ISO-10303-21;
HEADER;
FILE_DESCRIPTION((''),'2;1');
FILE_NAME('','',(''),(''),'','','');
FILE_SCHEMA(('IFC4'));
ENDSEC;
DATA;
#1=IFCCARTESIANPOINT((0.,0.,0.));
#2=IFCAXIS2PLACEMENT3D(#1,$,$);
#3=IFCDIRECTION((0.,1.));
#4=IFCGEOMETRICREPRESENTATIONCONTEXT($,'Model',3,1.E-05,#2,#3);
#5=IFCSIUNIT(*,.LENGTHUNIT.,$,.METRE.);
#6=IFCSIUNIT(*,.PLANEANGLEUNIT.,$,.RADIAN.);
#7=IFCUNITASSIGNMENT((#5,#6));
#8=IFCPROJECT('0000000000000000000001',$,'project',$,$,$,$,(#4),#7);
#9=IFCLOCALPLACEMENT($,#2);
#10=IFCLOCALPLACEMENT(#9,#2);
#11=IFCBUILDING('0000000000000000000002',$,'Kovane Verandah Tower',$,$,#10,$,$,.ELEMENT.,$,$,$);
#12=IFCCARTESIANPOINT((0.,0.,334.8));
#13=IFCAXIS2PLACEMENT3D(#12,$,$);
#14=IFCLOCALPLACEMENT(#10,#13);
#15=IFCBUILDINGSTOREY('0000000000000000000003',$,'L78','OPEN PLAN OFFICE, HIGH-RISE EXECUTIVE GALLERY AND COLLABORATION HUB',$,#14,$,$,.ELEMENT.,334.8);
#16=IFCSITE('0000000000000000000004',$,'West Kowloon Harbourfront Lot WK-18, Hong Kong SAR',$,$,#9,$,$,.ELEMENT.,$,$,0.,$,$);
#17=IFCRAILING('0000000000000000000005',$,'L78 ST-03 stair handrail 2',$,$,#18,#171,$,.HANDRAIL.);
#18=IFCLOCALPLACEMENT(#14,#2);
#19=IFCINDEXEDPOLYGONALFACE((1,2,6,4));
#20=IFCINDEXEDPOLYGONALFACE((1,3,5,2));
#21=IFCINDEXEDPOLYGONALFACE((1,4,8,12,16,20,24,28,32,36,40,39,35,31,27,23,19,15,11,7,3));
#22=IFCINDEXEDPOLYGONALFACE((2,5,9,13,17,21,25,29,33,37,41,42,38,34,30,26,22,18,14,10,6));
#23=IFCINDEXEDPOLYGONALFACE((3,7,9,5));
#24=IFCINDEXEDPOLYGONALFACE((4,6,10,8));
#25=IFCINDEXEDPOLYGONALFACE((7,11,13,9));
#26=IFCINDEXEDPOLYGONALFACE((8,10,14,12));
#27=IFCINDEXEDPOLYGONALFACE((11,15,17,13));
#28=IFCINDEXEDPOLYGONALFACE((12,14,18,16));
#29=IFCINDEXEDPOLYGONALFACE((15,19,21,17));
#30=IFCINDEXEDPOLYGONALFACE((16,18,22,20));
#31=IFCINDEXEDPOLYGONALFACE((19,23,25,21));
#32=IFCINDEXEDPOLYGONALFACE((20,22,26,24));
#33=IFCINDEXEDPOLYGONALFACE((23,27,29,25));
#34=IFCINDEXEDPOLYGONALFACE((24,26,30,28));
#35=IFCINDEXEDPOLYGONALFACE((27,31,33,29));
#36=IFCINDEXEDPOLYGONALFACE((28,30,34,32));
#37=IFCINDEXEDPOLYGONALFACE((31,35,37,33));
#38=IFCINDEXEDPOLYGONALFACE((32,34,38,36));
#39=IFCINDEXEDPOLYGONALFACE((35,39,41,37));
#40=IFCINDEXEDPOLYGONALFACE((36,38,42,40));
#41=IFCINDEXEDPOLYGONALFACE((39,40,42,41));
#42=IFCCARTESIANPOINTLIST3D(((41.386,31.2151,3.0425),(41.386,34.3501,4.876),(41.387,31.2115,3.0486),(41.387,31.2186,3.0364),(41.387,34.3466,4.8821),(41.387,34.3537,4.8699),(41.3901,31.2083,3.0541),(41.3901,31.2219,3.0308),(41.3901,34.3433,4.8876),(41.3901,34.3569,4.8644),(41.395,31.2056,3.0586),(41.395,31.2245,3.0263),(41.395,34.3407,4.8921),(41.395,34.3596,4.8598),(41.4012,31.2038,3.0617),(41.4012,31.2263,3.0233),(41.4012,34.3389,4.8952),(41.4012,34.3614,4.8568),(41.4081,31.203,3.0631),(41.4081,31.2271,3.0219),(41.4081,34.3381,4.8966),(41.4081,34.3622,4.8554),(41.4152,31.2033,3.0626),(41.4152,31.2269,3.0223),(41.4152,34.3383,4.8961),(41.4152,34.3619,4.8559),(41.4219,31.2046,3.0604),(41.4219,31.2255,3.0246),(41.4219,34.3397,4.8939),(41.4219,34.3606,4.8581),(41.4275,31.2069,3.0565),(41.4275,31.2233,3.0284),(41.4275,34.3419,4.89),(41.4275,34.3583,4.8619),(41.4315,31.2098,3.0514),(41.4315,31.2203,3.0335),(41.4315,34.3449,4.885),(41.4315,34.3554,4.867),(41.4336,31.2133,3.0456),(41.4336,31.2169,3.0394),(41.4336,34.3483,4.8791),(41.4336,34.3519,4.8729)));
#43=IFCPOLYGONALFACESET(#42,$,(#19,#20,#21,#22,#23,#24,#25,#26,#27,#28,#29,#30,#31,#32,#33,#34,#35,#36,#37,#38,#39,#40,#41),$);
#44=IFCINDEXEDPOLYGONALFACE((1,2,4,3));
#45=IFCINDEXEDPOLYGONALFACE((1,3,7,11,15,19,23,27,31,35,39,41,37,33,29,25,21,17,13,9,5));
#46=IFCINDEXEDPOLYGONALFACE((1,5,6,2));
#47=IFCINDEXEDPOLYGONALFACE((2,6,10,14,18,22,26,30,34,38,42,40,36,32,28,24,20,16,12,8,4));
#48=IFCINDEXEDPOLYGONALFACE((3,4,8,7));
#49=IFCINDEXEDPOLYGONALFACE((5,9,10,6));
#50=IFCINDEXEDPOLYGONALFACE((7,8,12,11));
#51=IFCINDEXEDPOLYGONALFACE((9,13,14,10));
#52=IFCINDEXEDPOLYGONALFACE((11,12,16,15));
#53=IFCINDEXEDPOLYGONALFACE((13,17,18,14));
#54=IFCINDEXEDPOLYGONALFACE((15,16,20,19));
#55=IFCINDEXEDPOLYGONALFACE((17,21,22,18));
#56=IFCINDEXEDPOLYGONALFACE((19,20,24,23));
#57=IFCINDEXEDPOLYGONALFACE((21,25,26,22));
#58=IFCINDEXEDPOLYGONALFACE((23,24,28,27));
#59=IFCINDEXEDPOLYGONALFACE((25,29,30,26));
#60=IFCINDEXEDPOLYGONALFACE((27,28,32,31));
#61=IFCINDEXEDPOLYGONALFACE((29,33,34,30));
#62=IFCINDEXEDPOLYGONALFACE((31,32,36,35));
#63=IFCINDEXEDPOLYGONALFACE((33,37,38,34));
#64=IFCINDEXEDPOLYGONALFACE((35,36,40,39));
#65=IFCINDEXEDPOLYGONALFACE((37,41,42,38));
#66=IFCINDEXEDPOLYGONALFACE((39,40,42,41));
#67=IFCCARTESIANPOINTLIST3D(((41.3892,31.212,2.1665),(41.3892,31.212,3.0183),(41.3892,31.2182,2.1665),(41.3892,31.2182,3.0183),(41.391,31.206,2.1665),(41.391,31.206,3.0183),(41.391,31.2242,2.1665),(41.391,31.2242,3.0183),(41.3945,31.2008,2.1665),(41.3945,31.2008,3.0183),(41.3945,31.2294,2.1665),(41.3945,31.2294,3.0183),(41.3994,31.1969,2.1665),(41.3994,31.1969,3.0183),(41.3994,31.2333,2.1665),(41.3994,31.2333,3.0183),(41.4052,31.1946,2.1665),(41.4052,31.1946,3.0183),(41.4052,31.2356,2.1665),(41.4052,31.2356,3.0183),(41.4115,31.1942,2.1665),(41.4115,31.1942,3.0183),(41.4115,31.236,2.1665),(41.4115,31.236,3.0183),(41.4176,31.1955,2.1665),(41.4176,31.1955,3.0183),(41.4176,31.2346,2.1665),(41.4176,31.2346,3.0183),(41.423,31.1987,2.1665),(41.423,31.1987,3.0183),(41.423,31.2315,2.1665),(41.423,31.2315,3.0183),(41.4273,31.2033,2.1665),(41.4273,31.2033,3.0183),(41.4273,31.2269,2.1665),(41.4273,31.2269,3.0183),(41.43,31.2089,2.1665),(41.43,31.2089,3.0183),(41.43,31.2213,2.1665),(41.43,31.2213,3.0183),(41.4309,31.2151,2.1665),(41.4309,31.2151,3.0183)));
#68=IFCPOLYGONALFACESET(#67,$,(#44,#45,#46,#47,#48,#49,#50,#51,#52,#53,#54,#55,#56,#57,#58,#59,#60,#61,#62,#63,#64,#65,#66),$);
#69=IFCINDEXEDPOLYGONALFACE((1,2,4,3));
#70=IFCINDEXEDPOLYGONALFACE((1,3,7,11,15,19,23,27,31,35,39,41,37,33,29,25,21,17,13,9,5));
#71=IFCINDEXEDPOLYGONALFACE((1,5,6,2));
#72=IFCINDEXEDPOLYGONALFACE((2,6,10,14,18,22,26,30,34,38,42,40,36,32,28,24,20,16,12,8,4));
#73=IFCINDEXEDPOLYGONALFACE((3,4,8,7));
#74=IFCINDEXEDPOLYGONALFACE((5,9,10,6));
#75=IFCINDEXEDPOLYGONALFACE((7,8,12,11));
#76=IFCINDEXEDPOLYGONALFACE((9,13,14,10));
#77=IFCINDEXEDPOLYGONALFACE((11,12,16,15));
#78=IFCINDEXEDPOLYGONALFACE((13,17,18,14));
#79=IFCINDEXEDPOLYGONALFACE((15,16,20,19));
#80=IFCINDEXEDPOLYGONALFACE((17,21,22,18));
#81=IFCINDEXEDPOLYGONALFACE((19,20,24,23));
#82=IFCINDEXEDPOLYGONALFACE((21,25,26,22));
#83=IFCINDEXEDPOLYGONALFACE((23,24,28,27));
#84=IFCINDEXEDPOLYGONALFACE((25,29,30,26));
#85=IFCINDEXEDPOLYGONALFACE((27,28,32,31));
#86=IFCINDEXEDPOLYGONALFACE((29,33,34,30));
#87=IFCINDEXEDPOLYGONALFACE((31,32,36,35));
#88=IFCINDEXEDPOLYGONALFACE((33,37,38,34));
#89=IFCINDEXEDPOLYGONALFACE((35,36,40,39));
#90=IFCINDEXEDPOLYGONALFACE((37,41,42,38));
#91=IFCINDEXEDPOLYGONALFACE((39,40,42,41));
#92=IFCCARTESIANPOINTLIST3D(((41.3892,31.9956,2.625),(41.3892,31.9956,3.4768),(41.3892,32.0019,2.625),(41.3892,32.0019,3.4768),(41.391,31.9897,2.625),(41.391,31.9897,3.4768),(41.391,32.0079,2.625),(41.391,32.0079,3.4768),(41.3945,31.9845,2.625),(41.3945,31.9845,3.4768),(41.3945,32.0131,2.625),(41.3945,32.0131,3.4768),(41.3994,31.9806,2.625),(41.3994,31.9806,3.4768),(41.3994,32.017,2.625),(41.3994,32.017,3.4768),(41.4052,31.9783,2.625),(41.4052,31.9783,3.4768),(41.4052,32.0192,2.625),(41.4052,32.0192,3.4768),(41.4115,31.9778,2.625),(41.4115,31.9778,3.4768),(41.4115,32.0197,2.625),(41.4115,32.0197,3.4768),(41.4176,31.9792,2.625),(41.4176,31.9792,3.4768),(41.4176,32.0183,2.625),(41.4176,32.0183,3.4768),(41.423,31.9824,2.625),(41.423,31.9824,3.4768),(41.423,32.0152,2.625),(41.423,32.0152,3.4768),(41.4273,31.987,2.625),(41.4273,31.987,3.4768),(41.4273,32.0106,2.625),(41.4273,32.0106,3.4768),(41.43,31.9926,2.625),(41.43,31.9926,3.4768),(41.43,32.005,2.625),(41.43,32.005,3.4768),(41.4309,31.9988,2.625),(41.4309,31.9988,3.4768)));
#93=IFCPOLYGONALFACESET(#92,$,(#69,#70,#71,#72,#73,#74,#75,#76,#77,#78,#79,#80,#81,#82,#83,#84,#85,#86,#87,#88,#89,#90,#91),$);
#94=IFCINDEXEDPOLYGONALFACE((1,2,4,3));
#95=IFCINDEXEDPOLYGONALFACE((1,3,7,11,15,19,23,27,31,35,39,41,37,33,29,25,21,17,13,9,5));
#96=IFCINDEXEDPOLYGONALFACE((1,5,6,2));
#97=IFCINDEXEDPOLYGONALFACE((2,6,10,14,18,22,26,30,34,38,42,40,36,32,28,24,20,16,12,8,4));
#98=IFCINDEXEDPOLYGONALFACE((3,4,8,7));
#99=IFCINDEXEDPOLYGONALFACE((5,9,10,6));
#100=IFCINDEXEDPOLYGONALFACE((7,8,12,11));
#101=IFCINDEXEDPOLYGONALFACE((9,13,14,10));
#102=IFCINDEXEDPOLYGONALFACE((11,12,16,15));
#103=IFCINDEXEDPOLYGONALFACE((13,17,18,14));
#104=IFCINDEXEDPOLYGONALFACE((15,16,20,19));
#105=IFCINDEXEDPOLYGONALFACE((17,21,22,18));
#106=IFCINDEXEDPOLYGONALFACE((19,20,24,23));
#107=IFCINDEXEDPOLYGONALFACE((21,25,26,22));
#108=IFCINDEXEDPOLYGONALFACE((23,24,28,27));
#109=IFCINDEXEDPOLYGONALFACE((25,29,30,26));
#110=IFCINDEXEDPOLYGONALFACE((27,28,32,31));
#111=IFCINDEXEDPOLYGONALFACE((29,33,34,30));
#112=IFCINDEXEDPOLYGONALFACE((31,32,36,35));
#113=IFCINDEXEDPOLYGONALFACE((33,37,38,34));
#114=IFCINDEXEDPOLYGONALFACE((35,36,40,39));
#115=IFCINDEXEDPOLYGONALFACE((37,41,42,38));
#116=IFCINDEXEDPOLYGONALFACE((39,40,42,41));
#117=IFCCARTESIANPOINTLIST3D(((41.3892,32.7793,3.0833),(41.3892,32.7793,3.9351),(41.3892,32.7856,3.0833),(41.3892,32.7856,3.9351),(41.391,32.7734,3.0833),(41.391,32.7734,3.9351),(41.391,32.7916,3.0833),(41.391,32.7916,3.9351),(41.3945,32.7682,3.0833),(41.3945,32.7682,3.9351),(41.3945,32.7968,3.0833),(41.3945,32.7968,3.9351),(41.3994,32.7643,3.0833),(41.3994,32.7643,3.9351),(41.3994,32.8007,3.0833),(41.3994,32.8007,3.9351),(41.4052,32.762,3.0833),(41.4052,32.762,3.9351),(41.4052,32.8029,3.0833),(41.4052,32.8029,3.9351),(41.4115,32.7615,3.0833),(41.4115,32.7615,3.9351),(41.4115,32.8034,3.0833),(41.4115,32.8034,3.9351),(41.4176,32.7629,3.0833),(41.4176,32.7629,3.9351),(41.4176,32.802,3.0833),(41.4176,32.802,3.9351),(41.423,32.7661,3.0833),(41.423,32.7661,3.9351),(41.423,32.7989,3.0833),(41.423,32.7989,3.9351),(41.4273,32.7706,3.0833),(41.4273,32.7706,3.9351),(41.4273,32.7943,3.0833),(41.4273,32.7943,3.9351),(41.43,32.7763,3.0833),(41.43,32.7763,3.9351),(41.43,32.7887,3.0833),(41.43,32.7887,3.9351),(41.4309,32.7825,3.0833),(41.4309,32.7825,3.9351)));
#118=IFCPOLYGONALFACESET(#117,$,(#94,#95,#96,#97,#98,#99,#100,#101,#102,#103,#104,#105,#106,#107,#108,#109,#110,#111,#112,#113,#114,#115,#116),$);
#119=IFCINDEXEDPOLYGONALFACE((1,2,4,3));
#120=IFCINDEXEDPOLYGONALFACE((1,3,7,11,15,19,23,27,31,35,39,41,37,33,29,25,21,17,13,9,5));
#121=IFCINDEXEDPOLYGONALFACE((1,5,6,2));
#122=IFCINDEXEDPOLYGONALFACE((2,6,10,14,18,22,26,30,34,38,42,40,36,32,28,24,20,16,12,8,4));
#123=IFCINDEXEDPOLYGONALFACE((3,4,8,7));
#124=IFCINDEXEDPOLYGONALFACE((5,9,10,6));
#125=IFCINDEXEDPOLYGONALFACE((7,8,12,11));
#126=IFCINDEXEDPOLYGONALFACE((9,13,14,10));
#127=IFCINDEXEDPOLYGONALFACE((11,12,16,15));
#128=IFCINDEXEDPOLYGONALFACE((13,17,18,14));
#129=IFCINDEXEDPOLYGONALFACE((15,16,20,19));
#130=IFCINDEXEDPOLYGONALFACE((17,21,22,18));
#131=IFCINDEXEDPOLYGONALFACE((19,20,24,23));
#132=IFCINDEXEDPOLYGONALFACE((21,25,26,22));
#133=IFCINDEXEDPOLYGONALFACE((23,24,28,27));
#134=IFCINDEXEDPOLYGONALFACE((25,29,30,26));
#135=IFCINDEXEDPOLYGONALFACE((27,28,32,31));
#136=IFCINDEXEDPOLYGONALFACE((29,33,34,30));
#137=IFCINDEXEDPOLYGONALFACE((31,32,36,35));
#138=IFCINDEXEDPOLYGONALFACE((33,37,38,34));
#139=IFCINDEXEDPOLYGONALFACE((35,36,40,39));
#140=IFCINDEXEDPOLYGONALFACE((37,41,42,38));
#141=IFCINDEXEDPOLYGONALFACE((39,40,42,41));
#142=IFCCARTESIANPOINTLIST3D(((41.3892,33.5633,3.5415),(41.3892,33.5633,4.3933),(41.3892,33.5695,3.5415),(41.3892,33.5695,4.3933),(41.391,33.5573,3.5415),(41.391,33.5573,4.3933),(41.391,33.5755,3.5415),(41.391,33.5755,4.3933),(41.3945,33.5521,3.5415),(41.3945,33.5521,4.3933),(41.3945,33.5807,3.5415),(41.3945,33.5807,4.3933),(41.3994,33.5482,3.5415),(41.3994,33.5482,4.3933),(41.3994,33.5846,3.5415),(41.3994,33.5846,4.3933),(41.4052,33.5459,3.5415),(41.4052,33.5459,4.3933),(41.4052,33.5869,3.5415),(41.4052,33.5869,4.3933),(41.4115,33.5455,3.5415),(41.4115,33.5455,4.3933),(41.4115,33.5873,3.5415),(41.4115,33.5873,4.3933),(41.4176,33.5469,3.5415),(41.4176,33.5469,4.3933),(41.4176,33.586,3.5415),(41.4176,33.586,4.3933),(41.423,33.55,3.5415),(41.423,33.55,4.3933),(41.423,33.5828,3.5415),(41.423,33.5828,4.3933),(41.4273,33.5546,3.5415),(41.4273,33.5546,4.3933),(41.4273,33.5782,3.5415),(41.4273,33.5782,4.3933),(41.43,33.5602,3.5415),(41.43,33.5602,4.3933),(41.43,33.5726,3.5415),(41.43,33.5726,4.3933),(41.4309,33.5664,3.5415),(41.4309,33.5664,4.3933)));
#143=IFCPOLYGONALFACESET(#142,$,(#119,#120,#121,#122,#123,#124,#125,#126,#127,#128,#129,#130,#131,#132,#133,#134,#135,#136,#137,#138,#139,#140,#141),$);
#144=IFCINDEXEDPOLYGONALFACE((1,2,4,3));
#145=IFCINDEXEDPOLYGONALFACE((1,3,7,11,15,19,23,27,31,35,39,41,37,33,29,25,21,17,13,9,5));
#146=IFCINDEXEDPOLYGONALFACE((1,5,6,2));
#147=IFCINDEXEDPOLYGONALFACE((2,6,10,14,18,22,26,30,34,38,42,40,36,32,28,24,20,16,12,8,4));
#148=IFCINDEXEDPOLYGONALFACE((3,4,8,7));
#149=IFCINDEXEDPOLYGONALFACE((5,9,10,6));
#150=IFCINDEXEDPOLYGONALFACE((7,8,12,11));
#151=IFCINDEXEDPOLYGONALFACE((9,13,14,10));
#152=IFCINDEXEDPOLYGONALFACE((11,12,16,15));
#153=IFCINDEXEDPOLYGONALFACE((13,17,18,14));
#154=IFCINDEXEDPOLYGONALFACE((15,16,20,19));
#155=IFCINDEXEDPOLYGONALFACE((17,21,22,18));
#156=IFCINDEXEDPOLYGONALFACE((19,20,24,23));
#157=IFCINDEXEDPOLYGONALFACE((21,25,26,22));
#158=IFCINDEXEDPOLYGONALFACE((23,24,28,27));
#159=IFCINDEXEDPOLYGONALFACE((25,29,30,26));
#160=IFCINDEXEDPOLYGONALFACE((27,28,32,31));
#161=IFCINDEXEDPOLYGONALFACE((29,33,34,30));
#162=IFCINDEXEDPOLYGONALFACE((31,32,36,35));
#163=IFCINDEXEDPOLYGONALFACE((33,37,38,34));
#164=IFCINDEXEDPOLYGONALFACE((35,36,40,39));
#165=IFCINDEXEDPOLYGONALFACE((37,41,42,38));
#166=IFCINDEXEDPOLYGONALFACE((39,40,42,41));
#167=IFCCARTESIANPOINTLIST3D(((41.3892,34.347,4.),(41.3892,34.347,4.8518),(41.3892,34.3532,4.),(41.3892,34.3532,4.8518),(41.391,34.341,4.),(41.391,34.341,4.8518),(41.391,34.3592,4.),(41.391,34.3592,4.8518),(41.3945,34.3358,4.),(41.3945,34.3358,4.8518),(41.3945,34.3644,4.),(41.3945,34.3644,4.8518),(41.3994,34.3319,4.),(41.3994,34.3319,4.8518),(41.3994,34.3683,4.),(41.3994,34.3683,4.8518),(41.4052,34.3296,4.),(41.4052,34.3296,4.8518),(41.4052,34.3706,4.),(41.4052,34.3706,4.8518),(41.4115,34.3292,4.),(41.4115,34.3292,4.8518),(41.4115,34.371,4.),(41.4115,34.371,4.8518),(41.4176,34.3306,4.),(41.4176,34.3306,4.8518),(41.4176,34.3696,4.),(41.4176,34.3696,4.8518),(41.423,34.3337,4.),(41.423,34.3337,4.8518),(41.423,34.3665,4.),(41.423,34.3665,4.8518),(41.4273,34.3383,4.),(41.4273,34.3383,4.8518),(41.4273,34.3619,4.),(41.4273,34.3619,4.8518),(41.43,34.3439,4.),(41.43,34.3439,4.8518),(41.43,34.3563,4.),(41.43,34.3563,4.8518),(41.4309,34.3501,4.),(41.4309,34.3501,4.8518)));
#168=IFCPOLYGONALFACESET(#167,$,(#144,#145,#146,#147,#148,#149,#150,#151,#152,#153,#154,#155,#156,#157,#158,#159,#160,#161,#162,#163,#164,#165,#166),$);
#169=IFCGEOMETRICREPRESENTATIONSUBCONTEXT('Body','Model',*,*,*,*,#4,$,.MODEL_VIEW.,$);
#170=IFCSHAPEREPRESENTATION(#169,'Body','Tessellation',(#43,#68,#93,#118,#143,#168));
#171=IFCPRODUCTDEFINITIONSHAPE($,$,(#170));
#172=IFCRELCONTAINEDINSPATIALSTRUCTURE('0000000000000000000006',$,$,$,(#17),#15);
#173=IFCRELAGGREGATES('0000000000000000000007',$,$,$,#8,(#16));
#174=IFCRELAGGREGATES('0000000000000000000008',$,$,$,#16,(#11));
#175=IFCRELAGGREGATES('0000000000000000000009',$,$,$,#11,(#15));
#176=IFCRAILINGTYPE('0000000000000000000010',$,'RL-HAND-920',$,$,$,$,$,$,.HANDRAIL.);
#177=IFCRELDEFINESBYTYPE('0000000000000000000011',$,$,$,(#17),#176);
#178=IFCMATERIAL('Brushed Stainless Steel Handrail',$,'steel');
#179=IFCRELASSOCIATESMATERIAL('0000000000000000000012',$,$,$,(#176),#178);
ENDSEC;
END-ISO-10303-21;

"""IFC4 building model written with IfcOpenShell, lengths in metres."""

from ifc_helpers import new_model, si_unit, direction, frame, origin, origin_2d, place, context, subcontext, project, spatial, circle, extrude, material, type_object, element, save


model = new_model("IFC4")

# Units and contexts
model_context = context("Model", 3, precision=1e-05, world=origin(), true_north=direction((0.0, 1.0)))
body_context = subcontext(model_context, "Body", "Model", "MODEL_VIEW")
ifc_project = project(units=[si_unit("LENGTHUNIT", "METRE"), si_unit("PLANEANGLEUNIT", "RADIAN")], contexts=[model_context])

# Site, building, storey
site_placement = place(None, origin())
site = spatial("IfcSite", under=ifc_project, at=site_placement, Name="West Kowloon Harbourfront Lot WK-18, Hong Kong SAR", CompositionType="ELEMENT", RefElevation=0.0)
building_placement = place(site_placement, origin())
building = spatial("IfcBuilding", under=site, at=building_placement, Name="Kovane Verandah Tower", CompositionType="ELEMENT")
storey_placement = place(building_placement, frame((0.0, 0.0, 334.8)))
storey = spatial("IfcBuildingStorey", under=building, at=storey_placement, Name="L78", Description="OPEN PLAN OFFICE, HIGH-RISE EXECUTIVE GALLERY AND COLLABORATION HUB", CompositionType="ELEMENT", Elevation=334.8)

# Railing
ifc_material_1 = material(Name="Brushed Stainless Steel Handrail", Category="steel")
railing_type_1 = type_object("IfcRailingType", Name="RL-HAND-920", PredefinedType="HANDRAIL", material=ifc_material_1)
railing_1_placement = place(storey_placement, frame((41.4099, 31.2151, 2.1665)))
element("IfcRailing", 1, at=railing_1_placement, inside=storey, type_object=railing_type_1, Name="L78 ST-03 stair handrail 2", PredefinedType="HANDRAIL", context=body_context, shape_type="SweptSolid", body=[
    extrude(circle(Radius=0.0239, at=origin_2d()), frame((0.0, 0.0, 0.876), z_axis=(0.0, 0.86321, 0.504845), x_axis=(-1.0, 0.0, 0.0)), (0.0, 0.0, 1.0), 3.6318),
    extrude(circle(Radius=0.021, at=origin_2d()), origin(), (0.0, 0.0, 1.0), 0.8518),
    extrude(circle(Radius=0.021, at=origin_2d()), frame((0.0, 0.7837, 0.4585)), (0.0, 0.0, 1.0), 0.8518),
    extrude(circle(Radius=0.021, at=origin_2d()), frame((0.0, 1.5674, 0.9167)), (0.0, 0.0, 1.0), 0.8518),
    extrude(circle(Radius=0.021, at=origin_2d()), frame((0.0, 2.3513, 1.375)), (0.0, 0.0, 1.0), 0.8518),
    extrude(circle(Radius=0.021, at=origin_2d()), frame((0.0, 3.135, 1.8335)), (0.0, 0.0, 1.0), 0.8518),
])

save(model, "model.ifc")
